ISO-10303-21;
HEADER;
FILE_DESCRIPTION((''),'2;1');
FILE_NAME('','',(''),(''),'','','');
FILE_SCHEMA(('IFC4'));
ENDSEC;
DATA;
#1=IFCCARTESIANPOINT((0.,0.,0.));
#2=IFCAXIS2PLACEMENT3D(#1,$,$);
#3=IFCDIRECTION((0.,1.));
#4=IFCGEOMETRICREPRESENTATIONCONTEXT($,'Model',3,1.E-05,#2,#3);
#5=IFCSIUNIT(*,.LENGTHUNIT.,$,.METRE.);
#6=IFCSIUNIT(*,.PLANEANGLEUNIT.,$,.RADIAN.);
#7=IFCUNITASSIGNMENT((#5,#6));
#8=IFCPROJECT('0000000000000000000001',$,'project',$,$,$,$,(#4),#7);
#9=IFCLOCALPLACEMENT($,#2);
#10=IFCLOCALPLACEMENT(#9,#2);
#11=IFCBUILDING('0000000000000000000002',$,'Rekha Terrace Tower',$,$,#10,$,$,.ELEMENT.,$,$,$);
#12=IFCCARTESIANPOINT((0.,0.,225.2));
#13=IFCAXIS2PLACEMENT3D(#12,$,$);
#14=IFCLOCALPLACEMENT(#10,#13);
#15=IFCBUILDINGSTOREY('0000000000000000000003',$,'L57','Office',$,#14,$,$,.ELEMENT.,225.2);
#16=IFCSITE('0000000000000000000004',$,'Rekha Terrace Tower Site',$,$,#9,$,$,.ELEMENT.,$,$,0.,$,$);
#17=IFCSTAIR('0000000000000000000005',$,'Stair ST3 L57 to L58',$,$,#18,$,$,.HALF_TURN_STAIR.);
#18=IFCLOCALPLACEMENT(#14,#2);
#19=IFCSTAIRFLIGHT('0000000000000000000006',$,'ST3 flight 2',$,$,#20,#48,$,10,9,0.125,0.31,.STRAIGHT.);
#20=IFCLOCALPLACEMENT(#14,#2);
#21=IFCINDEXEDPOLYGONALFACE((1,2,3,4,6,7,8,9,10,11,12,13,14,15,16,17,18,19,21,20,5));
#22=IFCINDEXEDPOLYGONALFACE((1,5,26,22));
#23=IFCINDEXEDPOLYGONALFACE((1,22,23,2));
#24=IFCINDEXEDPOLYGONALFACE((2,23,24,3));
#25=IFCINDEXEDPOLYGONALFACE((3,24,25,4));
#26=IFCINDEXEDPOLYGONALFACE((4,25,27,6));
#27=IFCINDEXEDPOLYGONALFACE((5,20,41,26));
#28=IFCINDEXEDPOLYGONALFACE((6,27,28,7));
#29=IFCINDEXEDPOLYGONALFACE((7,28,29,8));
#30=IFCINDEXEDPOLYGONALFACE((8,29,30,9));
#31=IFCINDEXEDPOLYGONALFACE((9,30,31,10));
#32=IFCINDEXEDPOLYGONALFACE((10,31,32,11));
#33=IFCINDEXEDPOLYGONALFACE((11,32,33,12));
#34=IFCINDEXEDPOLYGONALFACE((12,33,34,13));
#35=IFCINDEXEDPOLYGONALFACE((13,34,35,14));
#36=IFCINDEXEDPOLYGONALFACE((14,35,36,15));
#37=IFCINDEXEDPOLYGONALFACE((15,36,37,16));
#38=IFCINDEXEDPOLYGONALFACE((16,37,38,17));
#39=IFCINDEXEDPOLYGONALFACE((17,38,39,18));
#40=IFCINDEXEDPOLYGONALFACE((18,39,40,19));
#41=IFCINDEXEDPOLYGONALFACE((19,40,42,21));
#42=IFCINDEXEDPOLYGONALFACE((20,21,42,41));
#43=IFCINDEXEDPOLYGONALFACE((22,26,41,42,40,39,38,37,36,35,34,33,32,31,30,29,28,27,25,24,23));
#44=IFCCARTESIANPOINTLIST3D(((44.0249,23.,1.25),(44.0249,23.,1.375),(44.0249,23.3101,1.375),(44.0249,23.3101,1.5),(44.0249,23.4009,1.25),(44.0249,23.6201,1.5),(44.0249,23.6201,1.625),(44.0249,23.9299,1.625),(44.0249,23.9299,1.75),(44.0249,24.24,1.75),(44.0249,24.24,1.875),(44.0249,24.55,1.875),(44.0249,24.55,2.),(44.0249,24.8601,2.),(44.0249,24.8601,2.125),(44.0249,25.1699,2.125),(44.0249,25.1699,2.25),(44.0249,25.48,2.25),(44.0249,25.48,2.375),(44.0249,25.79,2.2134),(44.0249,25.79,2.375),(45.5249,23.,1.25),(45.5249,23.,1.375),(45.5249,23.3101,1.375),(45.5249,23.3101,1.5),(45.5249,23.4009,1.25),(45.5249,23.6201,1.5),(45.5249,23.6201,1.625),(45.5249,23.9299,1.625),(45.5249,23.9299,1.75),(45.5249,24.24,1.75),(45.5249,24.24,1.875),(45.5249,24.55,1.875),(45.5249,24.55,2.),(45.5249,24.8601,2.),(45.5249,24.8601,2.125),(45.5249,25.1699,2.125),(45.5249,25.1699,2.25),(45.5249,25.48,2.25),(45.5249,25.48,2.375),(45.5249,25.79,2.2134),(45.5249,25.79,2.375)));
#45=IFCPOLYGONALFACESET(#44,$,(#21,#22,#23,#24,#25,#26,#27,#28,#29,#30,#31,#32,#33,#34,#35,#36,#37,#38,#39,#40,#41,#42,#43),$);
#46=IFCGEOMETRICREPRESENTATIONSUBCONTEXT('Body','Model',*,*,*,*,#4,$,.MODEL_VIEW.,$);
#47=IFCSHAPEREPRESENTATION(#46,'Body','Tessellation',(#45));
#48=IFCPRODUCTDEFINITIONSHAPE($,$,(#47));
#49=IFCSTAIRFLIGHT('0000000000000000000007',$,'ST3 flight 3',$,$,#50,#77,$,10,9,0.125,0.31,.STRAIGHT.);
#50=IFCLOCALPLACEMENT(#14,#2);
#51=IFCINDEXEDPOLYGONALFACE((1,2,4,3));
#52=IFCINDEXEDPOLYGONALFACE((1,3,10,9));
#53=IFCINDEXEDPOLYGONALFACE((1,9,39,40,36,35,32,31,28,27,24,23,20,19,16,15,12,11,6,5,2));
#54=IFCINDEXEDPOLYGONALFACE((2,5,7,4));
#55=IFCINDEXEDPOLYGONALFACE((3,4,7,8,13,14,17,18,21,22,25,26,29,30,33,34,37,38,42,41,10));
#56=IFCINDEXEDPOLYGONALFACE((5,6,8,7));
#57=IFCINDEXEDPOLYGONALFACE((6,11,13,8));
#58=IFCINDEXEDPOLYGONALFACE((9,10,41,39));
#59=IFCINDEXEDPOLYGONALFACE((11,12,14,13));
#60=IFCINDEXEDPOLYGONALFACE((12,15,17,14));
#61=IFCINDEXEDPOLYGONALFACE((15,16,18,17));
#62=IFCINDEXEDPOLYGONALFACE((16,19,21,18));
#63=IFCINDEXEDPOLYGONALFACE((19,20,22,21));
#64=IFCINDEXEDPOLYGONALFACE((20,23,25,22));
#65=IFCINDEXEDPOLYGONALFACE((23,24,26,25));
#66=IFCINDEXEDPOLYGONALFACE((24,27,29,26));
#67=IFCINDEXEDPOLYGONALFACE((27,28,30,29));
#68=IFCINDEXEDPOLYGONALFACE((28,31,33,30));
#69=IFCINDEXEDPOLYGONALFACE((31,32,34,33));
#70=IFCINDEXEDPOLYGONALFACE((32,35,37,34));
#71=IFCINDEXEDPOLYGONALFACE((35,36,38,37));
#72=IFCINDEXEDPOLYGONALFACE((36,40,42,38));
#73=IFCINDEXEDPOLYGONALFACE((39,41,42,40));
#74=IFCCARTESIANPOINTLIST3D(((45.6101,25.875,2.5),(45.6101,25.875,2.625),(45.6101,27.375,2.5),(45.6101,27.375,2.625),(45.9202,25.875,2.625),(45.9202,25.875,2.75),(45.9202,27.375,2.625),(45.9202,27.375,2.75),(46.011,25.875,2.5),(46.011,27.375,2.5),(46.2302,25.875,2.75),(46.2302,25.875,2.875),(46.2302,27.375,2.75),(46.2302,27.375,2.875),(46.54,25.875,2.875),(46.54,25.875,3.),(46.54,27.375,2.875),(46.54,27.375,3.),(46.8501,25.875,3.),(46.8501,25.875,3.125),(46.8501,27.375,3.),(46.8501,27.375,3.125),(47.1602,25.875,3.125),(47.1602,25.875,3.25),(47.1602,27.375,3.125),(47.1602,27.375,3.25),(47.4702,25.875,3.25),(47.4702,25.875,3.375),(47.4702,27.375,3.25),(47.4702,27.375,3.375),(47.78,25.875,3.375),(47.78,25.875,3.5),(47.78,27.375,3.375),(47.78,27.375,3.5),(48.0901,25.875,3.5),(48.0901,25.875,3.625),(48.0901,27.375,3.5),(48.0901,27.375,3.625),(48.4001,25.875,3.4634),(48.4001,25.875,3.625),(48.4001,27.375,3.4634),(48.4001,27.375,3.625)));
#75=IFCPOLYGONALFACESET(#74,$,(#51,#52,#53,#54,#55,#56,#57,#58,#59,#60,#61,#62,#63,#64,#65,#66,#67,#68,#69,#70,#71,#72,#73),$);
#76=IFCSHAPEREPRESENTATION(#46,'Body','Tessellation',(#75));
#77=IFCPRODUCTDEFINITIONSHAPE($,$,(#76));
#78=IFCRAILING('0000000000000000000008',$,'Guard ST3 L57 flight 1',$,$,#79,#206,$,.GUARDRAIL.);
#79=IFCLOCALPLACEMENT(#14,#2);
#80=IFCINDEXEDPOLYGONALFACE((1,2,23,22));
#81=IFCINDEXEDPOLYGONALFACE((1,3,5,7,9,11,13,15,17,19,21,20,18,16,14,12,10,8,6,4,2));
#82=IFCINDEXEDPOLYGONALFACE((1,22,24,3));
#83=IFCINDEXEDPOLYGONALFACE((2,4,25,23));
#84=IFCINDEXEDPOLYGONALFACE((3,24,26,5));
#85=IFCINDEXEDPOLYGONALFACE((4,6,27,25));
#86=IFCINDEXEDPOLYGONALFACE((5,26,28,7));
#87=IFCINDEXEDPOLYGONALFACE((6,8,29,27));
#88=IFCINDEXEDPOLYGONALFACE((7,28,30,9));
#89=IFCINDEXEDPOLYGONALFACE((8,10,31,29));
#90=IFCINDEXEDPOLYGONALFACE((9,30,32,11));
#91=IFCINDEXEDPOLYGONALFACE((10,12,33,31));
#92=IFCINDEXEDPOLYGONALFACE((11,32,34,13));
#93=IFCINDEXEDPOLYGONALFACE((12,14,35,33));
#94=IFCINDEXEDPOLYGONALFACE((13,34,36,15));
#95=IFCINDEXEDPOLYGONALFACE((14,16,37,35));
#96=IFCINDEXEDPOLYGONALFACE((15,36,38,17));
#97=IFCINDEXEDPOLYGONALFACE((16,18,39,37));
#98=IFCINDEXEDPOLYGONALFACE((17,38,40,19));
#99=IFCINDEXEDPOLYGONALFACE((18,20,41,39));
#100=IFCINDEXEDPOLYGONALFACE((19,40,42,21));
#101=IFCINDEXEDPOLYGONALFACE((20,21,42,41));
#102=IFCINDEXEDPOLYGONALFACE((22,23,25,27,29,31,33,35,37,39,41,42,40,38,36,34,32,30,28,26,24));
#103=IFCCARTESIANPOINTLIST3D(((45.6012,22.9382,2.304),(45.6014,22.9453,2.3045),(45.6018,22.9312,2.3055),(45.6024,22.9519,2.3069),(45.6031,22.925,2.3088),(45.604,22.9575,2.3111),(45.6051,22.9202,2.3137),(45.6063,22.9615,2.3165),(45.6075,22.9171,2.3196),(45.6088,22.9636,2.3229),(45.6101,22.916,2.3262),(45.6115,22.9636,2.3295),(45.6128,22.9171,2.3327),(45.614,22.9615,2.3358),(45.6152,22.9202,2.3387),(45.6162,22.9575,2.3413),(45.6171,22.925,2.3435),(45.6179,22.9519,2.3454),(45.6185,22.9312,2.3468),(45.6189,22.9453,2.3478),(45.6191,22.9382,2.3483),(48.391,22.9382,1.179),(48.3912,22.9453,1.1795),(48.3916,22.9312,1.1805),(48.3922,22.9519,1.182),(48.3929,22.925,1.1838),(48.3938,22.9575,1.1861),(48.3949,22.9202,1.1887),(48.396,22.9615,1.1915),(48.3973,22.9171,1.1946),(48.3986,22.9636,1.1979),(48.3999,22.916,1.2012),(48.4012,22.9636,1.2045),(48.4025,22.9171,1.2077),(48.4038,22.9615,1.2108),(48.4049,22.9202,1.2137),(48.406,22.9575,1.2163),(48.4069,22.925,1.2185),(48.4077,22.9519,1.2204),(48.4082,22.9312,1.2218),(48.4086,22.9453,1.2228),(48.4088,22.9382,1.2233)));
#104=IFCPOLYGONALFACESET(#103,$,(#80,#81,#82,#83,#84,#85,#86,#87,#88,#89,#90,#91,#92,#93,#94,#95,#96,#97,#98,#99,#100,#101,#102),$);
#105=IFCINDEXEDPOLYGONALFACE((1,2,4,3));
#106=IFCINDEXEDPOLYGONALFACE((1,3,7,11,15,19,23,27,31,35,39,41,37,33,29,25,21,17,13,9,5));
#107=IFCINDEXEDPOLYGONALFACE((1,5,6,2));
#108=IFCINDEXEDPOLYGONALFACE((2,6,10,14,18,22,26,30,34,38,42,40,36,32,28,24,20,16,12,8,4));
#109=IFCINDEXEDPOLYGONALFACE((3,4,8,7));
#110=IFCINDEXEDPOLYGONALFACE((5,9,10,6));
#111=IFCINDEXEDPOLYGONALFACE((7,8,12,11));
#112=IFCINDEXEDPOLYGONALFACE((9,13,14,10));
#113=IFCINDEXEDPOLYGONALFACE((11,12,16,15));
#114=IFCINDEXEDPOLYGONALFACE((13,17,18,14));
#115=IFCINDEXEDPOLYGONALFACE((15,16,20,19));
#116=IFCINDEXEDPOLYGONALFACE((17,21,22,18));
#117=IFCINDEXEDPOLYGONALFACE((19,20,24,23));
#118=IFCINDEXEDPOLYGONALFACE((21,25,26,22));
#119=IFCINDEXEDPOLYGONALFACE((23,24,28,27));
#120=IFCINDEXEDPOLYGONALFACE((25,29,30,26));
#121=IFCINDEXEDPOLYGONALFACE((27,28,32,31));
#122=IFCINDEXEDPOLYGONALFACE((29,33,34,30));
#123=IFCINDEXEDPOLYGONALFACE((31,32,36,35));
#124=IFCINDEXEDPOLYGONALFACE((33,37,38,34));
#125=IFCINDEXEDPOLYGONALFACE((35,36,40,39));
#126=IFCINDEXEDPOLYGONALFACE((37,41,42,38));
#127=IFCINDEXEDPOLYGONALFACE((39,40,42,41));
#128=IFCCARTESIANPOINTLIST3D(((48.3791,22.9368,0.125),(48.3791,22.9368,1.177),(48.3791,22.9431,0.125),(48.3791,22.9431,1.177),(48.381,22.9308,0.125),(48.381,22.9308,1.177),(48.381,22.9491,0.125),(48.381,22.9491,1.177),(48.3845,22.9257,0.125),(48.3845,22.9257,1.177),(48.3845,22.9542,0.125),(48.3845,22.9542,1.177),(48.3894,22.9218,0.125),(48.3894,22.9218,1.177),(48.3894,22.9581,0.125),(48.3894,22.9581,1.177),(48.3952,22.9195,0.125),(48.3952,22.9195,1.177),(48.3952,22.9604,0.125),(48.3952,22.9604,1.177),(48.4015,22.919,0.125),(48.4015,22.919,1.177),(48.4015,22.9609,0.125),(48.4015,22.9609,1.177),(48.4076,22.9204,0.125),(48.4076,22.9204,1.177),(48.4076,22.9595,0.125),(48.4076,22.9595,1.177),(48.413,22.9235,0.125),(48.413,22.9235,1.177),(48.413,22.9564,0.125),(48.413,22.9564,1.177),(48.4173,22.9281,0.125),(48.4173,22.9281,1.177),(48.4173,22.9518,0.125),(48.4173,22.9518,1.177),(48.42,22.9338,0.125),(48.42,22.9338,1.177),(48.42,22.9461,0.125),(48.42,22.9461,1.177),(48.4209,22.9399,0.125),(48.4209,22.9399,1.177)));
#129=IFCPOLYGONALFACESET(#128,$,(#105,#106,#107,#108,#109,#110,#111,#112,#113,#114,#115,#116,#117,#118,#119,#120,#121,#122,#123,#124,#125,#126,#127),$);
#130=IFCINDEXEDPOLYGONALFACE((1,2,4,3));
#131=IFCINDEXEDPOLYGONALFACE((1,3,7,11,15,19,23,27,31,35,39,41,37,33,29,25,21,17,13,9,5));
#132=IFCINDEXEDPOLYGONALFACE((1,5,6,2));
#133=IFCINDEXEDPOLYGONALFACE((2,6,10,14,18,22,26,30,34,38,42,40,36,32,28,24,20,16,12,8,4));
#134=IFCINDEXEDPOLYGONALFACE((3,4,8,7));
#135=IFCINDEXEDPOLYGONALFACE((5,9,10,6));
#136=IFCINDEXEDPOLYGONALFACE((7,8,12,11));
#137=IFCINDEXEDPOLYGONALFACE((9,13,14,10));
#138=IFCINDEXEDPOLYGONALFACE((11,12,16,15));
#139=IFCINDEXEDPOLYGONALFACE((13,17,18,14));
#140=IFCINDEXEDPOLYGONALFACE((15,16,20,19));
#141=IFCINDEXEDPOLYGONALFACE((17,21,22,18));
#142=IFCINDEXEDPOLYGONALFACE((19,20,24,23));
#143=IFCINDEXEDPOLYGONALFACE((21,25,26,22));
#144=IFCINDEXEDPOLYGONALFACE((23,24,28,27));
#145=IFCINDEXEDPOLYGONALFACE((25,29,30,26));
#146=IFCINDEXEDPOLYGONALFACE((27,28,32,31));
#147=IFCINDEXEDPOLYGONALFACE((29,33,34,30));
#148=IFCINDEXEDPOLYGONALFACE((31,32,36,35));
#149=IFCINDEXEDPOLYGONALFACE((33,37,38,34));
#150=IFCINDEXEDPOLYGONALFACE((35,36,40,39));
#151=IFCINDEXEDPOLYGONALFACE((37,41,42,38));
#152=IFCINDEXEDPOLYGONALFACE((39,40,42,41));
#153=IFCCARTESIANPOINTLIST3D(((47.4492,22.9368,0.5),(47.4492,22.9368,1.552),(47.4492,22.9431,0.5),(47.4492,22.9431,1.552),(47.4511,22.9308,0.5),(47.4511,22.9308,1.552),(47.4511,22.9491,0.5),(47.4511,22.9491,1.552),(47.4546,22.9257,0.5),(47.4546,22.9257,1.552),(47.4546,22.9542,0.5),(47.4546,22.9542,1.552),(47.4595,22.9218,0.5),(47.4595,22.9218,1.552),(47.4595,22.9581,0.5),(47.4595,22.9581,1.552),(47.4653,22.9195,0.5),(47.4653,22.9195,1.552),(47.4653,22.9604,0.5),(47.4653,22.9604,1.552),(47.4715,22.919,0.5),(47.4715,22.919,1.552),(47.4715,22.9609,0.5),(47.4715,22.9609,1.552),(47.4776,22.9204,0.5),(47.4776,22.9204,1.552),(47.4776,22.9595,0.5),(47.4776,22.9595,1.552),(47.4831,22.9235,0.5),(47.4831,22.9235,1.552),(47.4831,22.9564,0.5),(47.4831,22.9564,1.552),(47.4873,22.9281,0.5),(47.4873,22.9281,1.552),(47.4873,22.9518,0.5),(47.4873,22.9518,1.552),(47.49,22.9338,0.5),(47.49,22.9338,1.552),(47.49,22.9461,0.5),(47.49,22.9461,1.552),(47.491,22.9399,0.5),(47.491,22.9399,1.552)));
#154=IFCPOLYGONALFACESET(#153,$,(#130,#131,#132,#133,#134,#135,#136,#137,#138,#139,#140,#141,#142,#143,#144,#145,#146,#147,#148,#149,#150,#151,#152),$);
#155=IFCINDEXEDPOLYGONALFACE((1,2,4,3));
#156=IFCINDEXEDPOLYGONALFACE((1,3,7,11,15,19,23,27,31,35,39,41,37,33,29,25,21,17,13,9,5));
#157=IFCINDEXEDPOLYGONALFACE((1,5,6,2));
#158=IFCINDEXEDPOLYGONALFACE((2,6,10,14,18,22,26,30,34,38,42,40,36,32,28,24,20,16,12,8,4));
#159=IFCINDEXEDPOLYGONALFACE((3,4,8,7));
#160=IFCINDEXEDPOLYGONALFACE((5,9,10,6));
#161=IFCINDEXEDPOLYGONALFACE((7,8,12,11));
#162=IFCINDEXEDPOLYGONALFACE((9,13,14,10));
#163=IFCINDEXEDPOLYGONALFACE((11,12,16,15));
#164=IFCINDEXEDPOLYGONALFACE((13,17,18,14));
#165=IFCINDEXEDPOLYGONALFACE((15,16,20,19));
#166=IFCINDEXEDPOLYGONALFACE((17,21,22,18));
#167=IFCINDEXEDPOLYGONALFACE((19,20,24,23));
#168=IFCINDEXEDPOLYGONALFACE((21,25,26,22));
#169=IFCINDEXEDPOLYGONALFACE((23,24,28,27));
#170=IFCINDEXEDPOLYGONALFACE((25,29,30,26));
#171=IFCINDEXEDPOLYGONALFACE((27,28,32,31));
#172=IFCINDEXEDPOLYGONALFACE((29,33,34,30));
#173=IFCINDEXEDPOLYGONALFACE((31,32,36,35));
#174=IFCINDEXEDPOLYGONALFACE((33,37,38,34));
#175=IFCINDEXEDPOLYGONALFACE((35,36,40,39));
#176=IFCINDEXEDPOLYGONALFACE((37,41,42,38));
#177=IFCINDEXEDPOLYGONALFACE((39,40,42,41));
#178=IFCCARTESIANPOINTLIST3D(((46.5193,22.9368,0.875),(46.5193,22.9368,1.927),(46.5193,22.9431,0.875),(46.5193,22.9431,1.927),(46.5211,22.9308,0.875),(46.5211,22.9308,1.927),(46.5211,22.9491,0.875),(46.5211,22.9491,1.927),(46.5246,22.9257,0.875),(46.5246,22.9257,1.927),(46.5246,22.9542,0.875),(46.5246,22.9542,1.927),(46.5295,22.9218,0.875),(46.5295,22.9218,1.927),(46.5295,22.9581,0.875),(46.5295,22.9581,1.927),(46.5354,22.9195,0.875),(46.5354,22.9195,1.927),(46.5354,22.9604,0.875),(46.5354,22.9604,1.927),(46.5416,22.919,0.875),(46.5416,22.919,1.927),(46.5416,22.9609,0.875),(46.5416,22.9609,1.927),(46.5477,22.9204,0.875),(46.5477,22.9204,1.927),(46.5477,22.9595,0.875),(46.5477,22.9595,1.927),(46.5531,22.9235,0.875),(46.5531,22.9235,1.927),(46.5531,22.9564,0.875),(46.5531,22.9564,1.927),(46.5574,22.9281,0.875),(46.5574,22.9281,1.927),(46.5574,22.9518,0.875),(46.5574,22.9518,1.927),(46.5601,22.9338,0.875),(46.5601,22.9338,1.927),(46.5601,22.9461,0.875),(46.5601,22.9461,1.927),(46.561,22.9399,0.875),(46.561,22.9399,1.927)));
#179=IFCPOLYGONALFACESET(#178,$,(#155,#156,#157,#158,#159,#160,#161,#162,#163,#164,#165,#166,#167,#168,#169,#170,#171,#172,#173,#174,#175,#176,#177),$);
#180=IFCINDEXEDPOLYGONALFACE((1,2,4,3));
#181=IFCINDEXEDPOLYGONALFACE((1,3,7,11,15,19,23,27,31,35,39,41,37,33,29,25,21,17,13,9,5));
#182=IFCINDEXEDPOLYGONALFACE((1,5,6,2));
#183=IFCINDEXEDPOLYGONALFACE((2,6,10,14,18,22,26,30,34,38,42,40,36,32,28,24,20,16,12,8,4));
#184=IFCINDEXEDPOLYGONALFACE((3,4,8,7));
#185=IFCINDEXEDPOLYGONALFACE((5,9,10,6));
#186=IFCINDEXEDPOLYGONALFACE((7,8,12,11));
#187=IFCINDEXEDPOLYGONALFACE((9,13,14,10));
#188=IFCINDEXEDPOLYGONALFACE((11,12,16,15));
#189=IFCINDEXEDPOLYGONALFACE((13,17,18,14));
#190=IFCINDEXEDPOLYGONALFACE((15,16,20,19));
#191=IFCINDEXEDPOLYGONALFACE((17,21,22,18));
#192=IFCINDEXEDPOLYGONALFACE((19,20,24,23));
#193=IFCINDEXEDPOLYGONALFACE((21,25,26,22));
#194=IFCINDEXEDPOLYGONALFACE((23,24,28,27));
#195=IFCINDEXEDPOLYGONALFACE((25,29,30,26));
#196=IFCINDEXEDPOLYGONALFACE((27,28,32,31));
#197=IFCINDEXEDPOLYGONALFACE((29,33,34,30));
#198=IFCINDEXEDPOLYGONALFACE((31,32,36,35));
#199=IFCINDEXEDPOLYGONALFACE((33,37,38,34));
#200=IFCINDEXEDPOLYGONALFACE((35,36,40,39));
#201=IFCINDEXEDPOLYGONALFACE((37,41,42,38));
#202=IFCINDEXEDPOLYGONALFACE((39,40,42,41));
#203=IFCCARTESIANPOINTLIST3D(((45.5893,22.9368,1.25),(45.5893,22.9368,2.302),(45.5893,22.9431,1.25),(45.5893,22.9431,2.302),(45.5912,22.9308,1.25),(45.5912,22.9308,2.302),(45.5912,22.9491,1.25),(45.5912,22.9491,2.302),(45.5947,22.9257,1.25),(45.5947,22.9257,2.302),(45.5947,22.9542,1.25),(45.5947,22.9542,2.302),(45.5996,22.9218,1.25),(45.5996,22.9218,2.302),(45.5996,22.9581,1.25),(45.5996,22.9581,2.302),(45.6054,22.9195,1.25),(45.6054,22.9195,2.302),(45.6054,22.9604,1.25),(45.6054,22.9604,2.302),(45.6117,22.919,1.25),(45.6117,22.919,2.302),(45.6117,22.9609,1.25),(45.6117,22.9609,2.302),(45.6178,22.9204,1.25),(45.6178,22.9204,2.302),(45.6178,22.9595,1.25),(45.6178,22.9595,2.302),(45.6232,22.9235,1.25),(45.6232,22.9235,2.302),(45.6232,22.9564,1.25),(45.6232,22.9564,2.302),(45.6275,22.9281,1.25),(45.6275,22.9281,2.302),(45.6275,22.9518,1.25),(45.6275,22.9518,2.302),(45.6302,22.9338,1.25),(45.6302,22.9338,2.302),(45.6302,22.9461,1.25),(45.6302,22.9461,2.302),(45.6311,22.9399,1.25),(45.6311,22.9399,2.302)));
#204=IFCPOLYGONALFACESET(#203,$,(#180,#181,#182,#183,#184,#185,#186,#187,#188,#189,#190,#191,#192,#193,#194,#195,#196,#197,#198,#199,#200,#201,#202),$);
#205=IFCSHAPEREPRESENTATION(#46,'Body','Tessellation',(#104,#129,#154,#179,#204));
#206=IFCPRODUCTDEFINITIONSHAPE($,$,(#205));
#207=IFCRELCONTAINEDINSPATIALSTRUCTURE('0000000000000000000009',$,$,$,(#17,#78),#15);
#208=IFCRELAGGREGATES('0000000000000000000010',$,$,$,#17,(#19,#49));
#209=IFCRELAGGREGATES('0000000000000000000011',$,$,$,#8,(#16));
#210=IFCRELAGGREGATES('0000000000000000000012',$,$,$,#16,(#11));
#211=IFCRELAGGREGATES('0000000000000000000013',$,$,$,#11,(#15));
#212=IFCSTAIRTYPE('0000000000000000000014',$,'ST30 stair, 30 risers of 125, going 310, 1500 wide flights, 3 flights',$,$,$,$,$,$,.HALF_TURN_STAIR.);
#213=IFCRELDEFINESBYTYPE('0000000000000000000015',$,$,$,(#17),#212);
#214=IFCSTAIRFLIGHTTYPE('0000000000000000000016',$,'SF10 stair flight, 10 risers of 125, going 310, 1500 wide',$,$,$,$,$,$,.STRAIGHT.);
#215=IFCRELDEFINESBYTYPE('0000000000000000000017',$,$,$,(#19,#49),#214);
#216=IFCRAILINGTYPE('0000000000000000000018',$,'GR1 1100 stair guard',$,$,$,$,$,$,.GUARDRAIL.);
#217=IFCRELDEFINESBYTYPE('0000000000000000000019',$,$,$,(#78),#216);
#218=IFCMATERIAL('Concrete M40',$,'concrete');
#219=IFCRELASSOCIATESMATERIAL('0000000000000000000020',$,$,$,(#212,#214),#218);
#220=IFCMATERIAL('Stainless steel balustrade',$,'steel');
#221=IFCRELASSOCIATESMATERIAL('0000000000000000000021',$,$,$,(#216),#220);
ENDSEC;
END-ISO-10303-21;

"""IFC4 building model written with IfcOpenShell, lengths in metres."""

from ifc_helpers import new_model, si_unit, direction, frame, origin, origin_2d, place, context, subcontext, project, spatial, polyline, circle, outline, extrude, material, type_object, element, aggregate, save


model = new_model("IFC4")

# Units and contexts
model_context = context("Model", 3, precision=1e-05, world=origin(), true_north=direction((0.0, 1.0)))
body_context = subcontext(model_context, "Body", "Model", "MODEL_VIEW")
ifc_project = project(units=[si_unit("LENGTHUNIT", "METRE"), si_unit("PLANEANGLEUNIT", "RADIAN")], contexts=[model_context])

# Site, building, storey
site_placement = place(None, origin())
site = spatial("IfcSite", under=ifc_project, at=site_placement, Name="Rekha Terrace Tower Site", CompositionType="ELEMENT", RefElevation=0.0)
building_placement = place(site_placement, origin())
building = spatial("IfcBuilding", under=site, at=building_placement, Name="Rekha Terrace Tower", CompositionType="ELEMENT")
storey_placement = place(building_placement, frame((0.0, 0.0, 225.2)))
storey = spatial("IfcBuildingStorey", under=building, at=storey_placement, Name="L57", Description="Office", CompositionType="ELEMENT", Elevation=225.2)

# Stair, stair flights
ifc_material_1 = material(Name="Concrete M40", Category="concrete")
stair_type = type_object("IfcStairType", Name="ST30 stair, 30 risers of 125, going 310, 1500 wide flights, 3 flights", PredefinedType="HALF_TURN_STAIR", material=ifc_material_1)
stair_placement = place(storey_placement, origin())
stair = element("IfcStair", 1, at=stair_placement, inside=storey, type_object=stair_type, Name="Stair ST3 L57 to L58", PredefinedType="HALF_TURN_STAIR")
stair_flight_type = type_object("IfcStairFlightType", Name="SF10 stair flight, 10 risers of 125, going 310, 1500 wide", PredefinedType="STRAIGHT", material=ifc_material_1)
stair_flight_1_placement = place(storey_placement, frame((44.7749, 23.0, 1.25), z_axis=(0.0, 0.0, 1.0), x_axis=(0.0, 1.0, 0.0)))
stair_flight_1 = element("IfcStairFlight", 2, at=stair_flight_1_placement, type_object=stair_flight_type, Name="ST3 flight 2", NumberOfRisers=10, NumberOfTreads=9, PredefinedType="STRAIGHT", RiserHeight=0.125, TreadLength=0.31, context=body_context, shape_type="SweptSolid", body=[
    extrude(outline(polyline([(0.0, 0.0), (0.0, 0.125), (0.3101, 0.125), (0.3101, 0.25), (0.6201, 0.25), (0.6201, 0.375), (0.9299, 0.375), (0.9299, 0.5), (1.24, 0.5), (1.24, 0.625), (1.55, 0.625), (1.55, 0.75), (1.8601, 0.75), (1.8601, 0.875), (2.1699, 0.875), (2.1699, 1.0), (2.48, 1.0), (2.48, 1.125), (2.79, 1.125), (2.79, 1.25), (2.79, 0.9634), (0.4009, 0.0), (0.0, 0.0)])), frame((0.0, 0.75, 0.0), z_axis=(0.0, -1.0, 0.0), x_axis=(1.0, 0.0, 0.0)), (0.0, 0.0, 1.0), 1.5),
])
stair_flight_2_placement = place(storey_placement, frame((45.6101, 26.625, 2.5), z_axis=(0.0, 0.0, 1.0), x_axis=(1.0, 0.0, 0.0)))
stair_flight_2 = element("IfcStairFlight", 3, at=stair_flight_2_placement, type_object=stair_flight_type, Name="ST3 flight 3", NumberOfRisers=10, NumberOfTreads=9, PredefinedType="STRAIGHT", RiserHeight=0.125, TreadLength=0.31, context=body_context, shape_type="SweptSolid", body=[
    extrude(outline(polyline([(0.0, 0.0), (0.0, 0.125), (0.3101, 0.125), (0.3101, 0.25), (0.6201, 0.25), (0.6201, 0.375), (0.9299, 0.375), (0.9299, 0.5), (1.24, 0.5), (1.24, 0.625), (1.55, 0.625), (1.55, 0.75), (1.8601, 0.75), (1.8601, 0.875), (2.1699, 0.875), (2.1699, 1.0), (2.48, 1.0), (2.48, 1.125), (2.79, 1.125), (2.79, 1.25), (2.79, 0.9634), (0.4009, 0.0), (0.0, 0.0)])), frame((0.0, 0.75, 0.0), z_axis=(0.0, -1.0, 0.0), x_axis=(1.0, 0.0, 0.0)), (0.0, 0.0, 1.0), 1.5),
])
aggregate(stair, [stair_flight_1, stair_flight_2])

# Railing
ifc_material_2 = material(Name="Stainless steel balustrade", Category="steel")
railing_type_1 = type_object("IfcRailingType", Name="GR1 1100 stair guard", PredefinedType="GUARDRAIL", material=ifc_material_2)
railing_1_placement = place(storey_placement, frame((48.3999, 22.9399, 0.125)))
element("IfcRailing", 4, at=railing_1_placement, inside=storey, type_object=railing_type_1, Name="Guard ST3 L57 flight 1", PredefinedType="GUARDRAIL", context=body_context, shape_type="SweptSolid", body=[
    extrude(circle(Radius=0.0239, at=origin_2d()), frame((0.0, 0.0, 1.0762), z_axis=(-0.927432, 0.0, 0.373992), x_axis=(0.0, -1.0, 0.0)), (0.0, 0.0, 1.0), 3.0081),
    extrude(circle(Radius=0.021, at=origin_2d()), origin(), (0.0, 0.0, 1.0), 1.052),
    extrude(circle(Radius=0.021, at=origin_2d()), frame((-0.9299, 0.0, 0.375)), (0.0, 0.0, 1.0), 1.052),
    extrude(circle(Radius=0.021, at=origin_2d()), frame((-1.8599, 0.0, 0.75)), (0.0, 0.0, 1.0), 1.052),
    extrude(circle(Radius=0.021, at=origin_2d()), frame((-2.7898, 0.0, 1.125)), (0.0, 0.0, 1.0), 1.052),
])

save(model, "model.ifc")
